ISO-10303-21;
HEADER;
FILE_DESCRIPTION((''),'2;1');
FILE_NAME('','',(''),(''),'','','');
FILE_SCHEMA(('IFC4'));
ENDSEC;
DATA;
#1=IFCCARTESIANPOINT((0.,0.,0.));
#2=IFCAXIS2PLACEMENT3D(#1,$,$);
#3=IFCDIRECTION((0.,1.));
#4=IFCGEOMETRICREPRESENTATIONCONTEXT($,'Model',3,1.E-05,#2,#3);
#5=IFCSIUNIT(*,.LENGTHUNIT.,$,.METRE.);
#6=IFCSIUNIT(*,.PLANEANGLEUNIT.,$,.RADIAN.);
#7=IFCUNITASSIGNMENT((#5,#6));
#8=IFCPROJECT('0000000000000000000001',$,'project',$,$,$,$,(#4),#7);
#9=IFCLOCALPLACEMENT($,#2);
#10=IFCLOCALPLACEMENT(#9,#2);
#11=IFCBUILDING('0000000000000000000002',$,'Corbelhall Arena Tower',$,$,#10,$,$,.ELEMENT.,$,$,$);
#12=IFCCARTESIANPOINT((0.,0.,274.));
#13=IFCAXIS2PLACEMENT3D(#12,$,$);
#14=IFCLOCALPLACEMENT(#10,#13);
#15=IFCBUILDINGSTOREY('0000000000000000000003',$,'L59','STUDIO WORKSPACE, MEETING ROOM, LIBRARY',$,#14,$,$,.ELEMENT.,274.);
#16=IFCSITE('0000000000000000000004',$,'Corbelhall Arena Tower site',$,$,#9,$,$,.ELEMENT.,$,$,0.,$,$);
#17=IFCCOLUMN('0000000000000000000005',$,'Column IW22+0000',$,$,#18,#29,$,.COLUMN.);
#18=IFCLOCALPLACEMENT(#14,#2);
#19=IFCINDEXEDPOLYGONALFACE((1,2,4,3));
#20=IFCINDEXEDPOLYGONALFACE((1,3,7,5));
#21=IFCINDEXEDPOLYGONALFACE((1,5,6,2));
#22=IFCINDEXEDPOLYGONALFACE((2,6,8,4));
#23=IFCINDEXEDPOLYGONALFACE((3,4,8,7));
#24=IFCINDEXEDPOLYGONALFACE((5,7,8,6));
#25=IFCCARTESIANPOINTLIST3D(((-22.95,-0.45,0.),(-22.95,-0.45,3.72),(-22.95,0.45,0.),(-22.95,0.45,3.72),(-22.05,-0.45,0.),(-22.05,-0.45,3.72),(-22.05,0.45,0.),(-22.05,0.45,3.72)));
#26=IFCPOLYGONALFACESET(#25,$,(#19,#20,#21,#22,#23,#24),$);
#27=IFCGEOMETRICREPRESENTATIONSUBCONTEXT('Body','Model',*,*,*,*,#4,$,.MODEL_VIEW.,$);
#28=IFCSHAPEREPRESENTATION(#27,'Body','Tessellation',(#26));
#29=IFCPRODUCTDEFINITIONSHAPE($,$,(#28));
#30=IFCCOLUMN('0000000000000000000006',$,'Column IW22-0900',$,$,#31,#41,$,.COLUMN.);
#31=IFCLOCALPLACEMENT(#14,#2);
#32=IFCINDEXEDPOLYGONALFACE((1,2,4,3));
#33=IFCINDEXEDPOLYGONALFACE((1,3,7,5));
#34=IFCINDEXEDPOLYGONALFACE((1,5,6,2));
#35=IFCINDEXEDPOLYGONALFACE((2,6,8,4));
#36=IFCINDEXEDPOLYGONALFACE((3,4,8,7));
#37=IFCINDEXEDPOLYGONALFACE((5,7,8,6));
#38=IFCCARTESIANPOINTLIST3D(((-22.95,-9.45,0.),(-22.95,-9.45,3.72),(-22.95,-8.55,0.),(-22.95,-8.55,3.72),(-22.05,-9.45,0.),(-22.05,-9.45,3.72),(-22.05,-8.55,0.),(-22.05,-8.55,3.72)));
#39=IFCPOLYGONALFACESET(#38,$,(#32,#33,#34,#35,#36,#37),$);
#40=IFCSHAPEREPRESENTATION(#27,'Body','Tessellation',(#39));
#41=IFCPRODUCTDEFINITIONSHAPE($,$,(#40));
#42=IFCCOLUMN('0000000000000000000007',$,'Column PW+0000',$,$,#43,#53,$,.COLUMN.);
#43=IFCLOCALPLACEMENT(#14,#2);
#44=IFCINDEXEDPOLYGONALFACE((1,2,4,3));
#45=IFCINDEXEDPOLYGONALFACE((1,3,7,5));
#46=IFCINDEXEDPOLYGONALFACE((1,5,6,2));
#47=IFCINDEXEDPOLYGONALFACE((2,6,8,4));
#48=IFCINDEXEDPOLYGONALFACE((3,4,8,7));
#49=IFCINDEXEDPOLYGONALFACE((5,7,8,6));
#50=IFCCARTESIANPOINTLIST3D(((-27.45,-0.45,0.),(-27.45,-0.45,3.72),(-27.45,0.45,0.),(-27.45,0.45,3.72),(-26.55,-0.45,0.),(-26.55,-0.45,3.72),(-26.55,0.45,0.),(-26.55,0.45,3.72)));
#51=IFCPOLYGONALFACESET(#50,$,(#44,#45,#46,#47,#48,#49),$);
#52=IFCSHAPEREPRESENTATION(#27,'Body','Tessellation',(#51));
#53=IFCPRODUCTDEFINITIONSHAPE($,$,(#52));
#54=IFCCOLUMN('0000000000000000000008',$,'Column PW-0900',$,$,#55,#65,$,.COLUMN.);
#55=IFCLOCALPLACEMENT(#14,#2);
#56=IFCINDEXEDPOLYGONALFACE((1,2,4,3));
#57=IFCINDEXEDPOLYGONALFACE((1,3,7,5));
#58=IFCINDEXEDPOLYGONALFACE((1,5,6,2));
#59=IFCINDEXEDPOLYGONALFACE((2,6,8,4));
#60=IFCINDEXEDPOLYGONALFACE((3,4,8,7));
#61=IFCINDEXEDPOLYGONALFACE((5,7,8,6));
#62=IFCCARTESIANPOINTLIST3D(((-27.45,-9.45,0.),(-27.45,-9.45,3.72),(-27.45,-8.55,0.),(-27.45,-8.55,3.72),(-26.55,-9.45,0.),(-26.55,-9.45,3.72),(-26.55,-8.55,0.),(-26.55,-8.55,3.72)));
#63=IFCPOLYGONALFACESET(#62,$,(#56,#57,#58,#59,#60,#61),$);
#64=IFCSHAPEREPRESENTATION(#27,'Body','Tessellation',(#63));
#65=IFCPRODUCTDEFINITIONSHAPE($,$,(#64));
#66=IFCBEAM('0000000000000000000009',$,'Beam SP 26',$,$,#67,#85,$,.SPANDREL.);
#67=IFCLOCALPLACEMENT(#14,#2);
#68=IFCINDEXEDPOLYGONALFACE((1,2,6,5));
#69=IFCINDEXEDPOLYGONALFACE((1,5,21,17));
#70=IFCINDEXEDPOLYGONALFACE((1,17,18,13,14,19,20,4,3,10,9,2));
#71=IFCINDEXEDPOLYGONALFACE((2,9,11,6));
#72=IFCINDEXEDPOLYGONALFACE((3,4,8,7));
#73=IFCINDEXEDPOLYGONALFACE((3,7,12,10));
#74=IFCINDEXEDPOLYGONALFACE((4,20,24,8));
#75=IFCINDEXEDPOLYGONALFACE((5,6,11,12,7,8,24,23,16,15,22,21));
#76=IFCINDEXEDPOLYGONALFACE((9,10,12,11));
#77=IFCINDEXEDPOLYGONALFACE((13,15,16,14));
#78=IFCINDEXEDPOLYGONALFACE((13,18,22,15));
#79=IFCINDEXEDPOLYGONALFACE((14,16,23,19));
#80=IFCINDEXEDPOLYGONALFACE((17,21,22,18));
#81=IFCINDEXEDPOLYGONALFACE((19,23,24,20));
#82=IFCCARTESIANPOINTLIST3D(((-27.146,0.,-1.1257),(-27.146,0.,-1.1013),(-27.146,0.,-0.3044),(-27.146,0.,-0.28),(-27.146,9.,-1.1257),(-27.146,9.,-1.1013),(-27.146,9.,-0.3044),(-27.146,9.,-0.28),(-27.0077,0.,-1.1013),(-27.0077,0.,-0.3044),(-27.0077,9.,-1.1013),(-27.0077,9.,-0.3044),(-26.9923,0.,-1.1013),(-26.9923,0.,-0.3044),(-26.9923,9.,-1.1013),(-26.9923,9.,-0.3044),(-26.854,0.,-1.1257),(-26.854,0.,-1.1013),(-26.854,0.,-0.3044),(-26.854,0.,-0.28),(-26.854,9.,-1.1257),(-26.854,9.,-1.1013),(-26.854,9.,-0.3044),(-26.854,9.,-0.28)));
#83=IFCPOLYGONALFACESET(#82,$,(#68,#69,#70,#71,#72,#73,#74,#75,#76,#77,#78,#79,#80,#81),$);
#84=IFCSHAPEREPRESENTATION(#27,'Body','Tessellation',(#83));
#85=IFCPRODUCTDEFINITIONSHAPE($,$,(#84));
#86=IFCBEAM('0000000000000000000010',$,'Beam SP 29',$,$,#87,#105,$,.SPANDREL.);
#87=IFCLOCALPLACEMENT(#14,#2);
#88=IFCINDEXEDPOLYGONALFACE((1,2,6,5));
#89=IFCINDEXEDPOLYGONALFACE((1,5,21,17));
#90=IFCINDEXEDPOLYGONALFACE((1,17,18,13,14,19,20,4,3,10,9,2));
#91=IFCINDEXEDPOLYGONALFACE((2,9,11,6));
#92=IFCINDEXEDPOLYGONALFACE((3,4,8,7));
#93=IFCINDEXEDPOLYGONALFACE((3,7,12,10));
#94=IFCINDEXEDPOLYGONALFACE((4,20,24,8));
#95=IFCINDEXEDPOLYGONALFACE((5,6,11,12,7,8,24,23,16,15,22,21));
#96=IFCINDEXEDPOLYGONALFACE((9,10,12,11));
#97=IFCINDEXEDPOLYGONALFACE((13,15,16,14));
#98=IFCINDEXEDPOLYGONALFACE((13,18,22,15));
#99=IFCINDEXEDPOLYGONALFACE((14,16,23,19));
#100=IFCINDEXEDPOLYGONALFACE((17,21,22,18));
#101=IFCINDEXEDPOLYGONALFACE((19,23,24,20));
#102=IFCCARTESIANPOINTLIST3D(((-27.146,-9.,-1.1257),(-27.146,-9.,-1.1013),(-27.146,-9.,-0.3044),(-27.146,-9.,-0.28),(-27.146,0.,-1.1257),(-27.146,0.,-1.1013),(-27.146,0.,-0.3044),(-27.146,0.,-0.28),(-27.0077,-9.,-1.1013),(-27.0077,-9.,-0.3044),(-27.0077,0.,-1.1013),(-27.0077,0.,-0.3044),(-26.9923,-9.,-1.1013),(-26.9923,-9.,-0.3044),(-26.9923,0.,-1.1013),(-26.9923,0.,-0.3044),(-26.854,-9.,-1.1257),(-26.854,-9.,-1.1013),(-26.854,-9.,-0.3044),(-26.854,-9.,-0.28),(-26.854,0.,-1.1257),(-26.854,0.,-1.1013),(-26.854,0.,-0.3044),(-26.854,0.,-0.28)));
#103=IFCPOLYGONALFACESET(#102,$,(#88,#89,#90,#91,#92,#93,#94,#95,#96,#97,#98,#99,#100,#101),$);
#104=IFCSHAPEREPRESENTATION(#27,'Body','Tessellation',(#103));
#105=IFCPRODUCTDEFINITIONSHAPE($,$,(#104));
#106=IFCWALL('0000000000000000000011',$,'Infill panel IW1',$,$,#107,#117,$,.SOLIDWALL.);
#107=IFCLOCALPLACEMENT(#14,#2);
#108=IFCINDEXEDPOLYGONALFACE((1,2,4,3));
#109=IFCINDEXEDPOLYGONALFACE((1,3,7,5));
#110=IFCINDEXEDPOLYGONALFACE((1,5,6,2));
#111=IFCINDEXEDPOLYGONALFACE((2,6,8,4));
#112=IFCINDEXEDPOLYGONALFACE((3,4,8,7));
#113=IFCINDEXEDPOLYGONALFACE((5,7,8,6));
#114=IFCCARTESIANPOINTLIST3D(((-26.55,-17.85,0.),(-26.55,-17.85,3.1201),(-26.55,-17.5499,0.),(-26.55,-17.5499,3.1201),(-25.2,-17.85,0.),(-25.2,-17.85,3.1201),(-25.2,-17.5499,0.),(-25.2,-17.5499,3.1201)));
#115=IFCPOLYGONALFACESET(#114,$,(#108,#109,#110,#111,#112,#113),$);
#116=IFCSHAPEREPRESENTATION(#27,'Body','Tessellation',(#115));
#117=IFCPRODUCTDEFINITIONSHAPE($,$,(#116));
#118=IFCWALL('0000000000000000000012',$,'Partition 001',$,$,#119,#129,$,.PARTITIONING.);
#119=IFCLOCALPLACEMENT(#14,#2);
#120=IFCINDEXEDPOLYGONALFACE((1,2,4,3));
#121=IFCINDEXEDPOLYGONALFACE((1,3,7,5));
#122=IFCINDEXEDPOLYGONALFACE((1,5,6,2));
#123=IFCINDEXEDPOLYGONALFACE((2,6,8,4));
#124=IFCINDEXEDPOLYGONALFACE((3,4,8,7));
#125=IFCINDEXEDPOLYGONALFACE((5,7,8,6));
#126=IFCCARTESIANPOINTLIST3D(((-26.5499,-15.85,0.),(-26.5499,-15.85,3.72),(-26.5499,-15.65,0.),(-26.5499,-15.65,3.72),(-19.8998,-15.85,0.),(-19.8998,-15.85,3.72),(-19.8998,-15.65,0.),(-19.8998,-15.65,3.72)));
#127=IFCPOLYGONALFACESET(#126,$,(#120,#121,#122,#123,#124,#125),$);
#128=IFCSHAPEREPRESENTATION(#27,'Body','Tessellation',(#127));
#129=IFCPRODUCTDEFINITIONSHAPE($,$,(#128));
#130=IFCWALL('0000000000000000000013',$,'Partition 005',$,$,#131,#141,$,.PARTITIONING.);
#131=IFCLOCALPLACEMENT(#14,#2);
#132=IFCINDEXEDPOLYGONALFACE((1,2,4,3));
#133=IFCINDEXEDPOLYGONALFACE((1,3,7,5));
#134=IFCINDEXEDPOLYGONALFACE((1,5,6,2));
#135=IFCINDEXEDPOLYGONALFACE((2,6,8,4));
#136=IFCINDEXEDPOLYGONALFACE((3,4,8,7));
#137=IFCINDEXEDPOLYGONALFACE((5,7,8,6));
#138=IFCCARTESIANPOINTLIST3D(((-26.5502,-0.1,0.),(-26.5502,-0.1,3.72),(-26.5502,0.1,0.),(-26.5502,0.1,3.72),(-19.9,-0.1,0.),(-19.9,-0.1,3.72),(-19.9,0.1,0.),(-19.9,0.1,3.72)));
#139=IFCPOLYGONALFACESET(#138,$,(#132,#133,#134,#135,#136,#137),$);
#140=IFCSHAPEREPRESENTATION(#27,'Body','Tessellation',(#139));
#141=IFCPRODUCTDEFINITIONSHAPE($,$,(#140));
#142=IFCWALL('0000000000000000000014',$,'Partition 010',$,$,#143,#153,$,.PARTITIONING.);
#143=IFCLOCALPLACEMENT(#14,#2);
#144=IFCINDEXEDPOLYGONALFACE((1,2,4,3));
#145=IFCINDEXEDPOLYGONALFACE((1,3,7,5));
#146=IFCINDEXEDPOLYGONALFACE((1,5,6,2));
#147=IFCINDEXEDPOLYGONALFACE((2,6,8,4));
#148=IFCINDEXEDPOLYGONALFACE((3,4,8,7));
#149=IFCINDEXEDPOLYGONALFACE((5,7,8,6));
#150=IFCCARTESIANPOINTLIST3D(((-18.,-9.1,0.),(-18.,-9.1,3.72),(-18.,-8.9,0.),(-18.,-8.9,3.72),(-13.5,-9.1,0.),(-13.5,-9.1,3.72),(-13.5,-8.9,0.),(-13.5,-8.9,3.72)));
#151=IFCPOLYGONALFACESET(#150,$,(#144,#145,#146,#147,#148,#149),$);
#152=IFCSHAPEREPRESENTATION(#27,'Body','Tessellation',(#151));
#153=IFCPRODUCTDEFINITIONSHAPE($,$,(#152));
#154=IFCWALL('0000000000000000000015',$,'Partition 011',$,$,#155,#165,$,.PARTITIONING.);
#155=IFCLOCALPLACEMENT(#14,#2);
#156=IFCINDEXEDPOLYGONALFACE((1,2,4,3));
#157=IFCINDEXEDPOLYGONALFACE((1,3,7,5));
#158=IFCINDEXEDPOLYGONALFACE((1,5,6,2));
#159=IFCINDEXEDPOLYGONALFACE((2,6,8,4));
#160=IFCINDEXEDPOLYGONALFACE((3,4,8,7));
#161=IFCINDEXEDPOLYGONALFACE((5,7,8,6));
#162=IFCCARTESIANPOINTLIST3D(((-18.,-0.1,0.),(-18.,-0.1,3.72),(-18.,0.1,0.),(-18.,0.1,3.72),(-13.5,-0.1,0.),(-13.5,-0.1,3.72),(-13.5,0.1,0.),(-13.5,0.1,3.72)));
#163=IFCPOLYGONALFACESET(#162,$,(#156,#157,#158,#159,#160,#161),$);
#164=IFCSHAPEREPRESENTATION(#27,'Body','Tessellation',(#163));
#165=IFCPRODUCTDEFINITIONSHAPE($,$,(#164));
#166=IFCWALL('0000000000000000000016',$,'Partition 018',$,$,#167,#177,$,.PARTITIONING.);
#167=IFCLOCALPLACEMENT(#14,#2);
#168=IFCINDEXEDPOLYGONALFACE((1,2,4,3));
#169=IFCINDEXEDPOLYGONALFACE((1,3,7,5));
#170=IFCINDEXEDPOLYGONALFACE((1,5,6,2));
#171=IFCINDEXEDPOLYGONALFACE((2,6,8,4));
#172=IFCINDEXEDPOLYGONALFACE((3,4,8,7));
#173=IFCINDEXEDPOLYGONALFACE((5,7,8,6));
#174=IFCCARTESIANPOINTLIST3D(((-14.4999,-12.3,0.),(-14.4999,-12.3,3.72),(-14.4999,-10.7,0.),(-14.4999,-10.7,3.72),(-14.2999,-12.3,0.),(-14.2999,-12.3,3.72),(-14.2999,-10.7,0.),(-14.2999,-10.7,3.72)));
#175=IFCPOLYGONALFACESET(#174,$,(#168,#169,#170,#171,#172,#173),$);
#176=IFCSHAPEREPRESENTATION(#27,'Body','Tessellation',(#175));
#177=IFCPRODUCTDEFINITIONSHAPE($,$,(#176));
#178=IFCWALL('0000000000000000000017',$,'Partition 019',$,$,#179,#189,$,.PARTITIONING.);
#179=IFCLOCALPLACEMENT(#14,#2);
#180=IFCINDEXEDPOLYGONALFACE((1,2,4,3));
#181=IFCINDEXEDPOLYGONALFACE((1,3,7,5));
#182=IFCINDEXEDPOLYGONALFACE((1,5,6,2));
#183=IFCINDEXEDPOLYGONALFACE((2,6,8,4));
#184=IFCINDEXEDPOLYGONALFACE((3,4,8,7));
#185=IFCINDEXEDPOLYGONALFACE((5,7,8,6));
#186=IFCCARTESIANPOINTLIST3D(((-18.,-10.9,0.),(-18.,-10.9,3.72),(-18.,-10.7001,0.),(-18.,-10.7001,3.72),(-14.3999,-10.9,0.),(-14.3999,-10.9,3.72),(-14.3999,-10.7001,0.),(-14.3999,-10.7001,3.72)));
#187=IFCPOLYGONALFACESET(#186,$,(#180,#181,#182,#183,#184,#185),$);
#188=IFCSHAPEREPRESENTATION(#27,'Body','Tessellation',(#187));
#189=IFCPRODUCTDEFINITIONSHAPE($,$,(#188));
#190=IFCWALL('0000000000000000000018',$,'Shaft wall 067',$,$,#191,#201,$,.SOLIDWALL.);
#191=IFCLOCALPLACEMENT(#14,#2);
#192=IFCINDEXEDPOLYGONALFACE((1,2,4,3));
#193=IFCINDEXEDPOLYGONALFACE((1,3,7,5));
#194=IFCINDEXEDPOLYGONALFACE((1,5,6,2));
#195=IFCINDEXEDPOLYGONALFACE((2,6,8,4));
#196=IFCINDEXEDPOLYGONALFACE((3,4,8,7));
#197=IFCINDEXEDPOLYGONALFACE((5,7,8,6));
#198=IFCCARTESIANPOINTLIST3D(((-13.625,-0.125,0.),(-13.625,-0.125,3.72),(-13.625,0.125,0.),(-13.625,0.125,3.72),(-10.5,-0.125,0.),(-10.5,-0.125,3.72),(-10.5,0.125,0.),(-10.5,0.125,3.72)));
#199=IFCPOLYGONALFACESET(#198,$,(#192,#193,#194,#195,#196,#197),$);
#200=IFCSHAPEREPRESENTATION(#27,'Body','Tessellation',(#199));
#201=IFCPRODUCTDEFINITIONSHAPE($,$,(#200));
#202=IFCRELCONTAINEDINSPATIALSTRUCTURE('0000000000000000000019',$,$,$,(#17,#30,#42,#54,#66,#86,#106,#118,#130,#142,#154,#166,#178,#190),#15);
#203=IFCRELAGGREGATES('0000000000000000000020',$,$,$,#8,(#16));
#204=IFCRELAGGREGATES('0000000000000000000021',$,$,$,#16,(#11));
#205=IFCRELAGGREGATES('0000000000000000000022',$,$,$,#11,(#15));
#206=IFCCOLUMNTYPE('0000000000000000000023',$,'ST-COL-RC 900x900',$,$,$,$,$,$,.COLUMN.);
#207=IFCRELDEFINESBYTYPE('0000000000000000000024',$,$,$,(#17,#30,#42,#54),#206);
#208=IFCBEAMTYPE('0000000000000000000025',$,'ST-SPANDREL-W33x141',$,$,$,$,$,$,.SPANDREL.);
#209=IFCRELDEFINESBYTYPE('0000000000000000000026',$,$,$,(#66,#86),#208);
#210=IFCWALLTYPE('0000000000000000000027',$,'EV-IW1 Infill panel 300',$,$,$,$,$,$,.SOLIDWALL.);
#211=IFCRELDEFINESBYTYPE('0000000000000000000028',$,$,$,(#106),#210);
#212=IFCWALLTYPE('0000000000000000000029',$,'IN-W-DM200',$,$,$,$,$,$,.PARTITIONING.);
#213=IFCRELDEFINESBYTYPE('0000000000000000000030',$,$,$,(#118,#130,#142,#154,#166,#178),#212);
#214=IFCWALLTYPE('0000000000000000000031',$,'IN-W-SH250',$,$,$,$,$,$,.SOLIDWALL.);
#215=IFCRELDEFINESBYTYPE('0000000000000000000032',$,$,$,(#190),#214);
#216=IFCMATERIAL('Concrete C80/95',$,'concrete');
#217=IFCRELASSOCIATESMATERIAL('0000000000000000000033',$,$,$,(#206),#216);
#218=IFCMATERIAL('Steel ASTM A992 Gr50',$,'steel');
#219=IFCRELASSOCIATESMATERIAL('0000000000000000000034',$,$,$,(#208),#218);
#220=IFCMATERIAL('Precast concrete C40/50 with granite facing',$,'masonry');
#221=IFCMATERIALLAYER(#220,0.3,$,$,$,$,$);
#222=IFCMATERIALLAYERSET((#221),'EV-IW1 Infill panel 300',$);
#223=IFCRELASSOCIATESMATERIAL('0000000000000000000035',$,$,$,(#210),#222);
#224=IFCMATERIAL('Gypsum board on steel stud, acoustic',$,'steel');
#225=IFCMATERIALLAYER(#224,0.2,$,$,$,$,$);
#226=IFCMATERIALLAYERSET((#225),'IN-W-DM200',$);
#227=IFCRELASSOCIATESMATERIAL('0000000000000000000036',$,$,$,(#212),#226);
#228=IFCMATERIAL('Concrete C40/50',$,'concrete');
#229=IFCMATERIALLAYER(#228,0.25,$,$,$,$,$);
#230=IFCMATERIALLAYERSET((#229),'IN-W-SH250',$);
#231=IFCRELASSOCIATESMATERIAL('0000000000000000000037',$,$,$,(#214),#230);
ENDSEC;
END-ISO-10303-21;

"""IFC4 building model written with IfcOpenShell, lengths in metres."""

from ifc_helpers import new_model, si_unit, direction, frame, frame_2d, origin, origin_2d, place, context, subcontext, project, spatial, rectangle, i_section, extrude, material, layer, layer_set, material_profile, profile_set, type_object, element, save


model = new_model("IFC4")

# Units and contexts
model_context = context("Model", 3, precision=1e-05, world=origin(), true_north=direction((0.0, 1.0)))
body_context = subcontext(model_context, "Body", "Model", "MODEL_VIEW")
ifc_project = project(units=[si_unit("LENGTHUNIT", "METRE"), si_unit("PLANEANGLEUNIT", "RADIAN")], contexts=[model_context])

# Site, building, storey
site_placement = place(None, origin())
site = spatial("IfcSite", under=ifc_project, at=site_placement, Name="Corbelhall Arena Tower site", CompositionType="ELEMENT", RefElevation=0.0)
building_placement = place(site_placement, origin())
building = spatial("IfcBuilding", under=site, at=building_placement, Name="Corbelhall Arena Tower", CompositionType="ELEMENT")
storey_placement = place(building_placement, frame((0.0, 0.0, 274.0)))
storey = spatial("IfcBuildingStorey", under=building, at=storey_placement, Name="L59", Description="STUDIO WORKSPACE, MEETING ROOM, LIBRARY", CompositionType="ELEMENT", Elevation=274.0)

# Columns
ifc_material_1 = material(Name="Concrete C80/95", Category="concrete")
ifc_material_profile_1 = material_profile(ifc_material_1, rectangle(XDim=0.8999, YDim=0.8999, at=origin_2d()))
ifc_profile_set_1 = profile_set([ifc_material_profile_1], Name="Concrete C80/95")
column_type = type_object("IfcColumnType", Name="ST-COL-RC 900x900", PredefinedType="COLUMN", material=ifc_profile_set_1)
for number, where, z_axis, x_axis, name in (
    (1, (-22.5, 0.0, 0.0), (0.0, 0.0, 1.0), (1.0, 0.0, 0.0), "Column IW22+0000"),
    (2, (-22.5, -9.0, 0.0), (0.0, 0.0, 1.0), (1.0, 0.0, 0.0), "Column IW22-0900"),
    (3, (-27.0, 0.0, 0.0), (0.0, 0.0, 1.0), (0.0, 1.0, 0.0), "Column PW+0000"),
    (4, (-27.0, -9.0, 0.0), (0.0, 0.0, 1.0), (0.0, 1.0, 0.0), "Column PW-0900"),
):
    element("IfcColumn", number, at=place(storey_placement, frame(where, z_axis=z_axis, x_axis=x_axis)), inside=storey, type_object=column_type, Name=name, PredefinedType="COLUMN", context=body_context, shape_type="SweptSolid", body=[
        extrude(rectangle(XDim=0.8999, YDim=0.8999, at=origin_2d()), origin(), (0.0, 0.0, 1.0), 3.72),
    ])

# Beams
ifc_material_2 = material(Name="Steel ASTM A992 Gr50", Category="steel")
ifc_material_profile_2 = material_profile(ifc_material_2, i_section(OverallWidth=0.292, OverallDepth=0.8457, WebThickness=0.0154, FlangeThickness=0.0244, at=origin_2d()))
ifc_profile_set_2 = profile_set([ifc_material_profile_2], Name="Steel ASTM A992 Gr50")
beam_type = type_object("IfcBeamType", Name="ST-SPANDREL-W33x141", PredefinedType="SPANDREL", material=ifc_profile_set_2)
for number, where, z_axis, x_axis, name in (
    (5, (-27.0, 0.0, -0.7029), (0.0, 1.0, 0.0), (-1.0, 0.0, 0.0), "Beam SP 26"),
    (6, (-27.0, -9.0, -0.7029), (0.0, 1.0, 0.0), (-1.0, 0.0, 0.0), "Beam SP 29"),
):
    element("IfcBeam", number, at=place(storey_placement, frame(where, z_axis=z_axis, x_axis=x_axis)), inside=storey, type_object=beam_type, Name=name, PredefinedType="SPANDREL", context=body_context, shape_type="SweptSolid", body=[
        extrude(i_section(OverallWidth=0.292, OverallDepth=0.8457, WebThickness=0.0154, FlangeThickness=0.0244, at=origin_2d()), origin(), (0.0, 0.0, 1.0), 9.0),
    ])

# Shared definitions
ifc_material_3 = material(Name="Precast concrete C40/50 with granite facing", Category="masonry")
ifc_layer_1 = layer(ifc_material_3, 0.3)
ifc_layer_set_1 = layer_set([ifc_layer_1], Name="EV-IW1 Infill panel 300")
wall_type_1 = type_object("IfcWallType", Name="EV-IW1 Infill panel 300", PredefinedType="SOLIDWALL", material=ifc_layer_set_1)

# Walls
wall_1_placement = place(storey_placement, frame((-26.55, -17.7, 0.0), z_axis=(0.0, 0.0, 1.0), x_axis=(1.0, 0.0, 0.0)))
element("IfcWall", 7, at=wall_1_placement, inside=storey, type_object=wall_type_1, Name="Infill panel IW1", PredefinedType="SOLIDWALL", context=body_context, shape_type="SweptSolid", body=[
    extrude(rectangle(XDim=1.3501, YDim=0.3, at=frame_2d((0.675, 0.0))), origin(), (0.0, 0.0, 1.0), 3.1201),
])
ifc_material_4 = material(Name="Gypsum board on steel stud, acoustic", Category="steel")
ifc_layer_2 = layer(ifc_material_4, 0.2)
ifc_layer_set_2 = layer_set([ifc_layer_2], Name="IN-W-DM200")
wall_type_2 = type_object("IfcWallType", Name="IN-W-DM200", PredefinedType="PARTITIONING", material=ifc_layer_set_2)
wall_2_placement = place(storey_placement, frame((-26.55, -15.75, 0.0), z_axis=(0.0, 0.0, 1.0), x_axis=(1.0, 0.0, 0.0)))
element("IfcWall", 8, at=wall_2_placement, inside=storey, type_object=wall_type_2, Name="Partition 001", PredefinedType="PARTITIONING", context=body_context, shape_type="SweptSolid", body=[
    extrude(rectangle(XDim=6.6501, YDim=0.2, at=frame_2d((3.3252, 0.0))), origin(), (0.0, 0.0, 1.0), 3.72),
])

# Wall
wall_3_placement = place(storey_placement, frame((-19.8999, 0.0, 0.0), z_axis=(0.0, 0.0, 1.0), x_axis=(-1.0, 0.0, 0.0)))
element("IfcWall", 9, at=wall_3_placement, inside=storey, type_object=wall_type_2, Name="Partition 005", PredefinedType="PARTITIONING", context=body_context, shape_type="SweptSolid", body=[
    extrude(rectangle(XDim=6.6501, YDim=0.2, at=frame_2d((3.3252, 0.0))), origin(), (0.0, 0.0, 1.0), 3.72),
])

# Walls
for number, where, z_axis, x_axis, name in (
    (10, (-18.0, -9.0, 0.0), (0.0, 0.0, 1.0), (1.0, 0.0, 0.0), "Partition 010"),
    (11, (-18.0, 0.0, 0.0), (0.0, 0.0, 1.0), (1.0, 0.0, 0.0), "Partition 011"),
):
    element("IfcWall", number, at=place(storey_placement, frame(where, z_axis=z_axis, x_axis=x_axis)), inside=storey, type_object=wall_type_2, Name=name, PredefinedType="PARTITIONING", context=body_context, shape_type="SweptSolid", body=[
        extrude(rectangle(XDim=4.5, YDim=0.2, at=frame_2d((2.25, 0.0))), origin(), (0.0, 0.0, 1.0), 3.72),
    ])
wall_4_placement = place(storey_placement, frame((-14.3999, -12.3, 0.0), z_axis=(0.0, 0.0, 1.0), x_axis=(0.0, 1.0, 0.0)))
element("IfcWall", 12, at=wall_4_placement, inside=storey, type_object=wall_type_2, Name="Partition 018", PredefinedType="PARTITIONING", context=body_context, shape_type="SweptSolid", body=[
    extrude(rectangle(XDim=1.6001, YDim=0.2, at=frame_2d((0.8, 0.0))), origin(), (0.0, 0.0, 1.0), 3.72),
])
wall_5_placement = place(storey_placement, frame((-14.3999, -10.8, 0.0), z_axis=(0.0, 0.0, 1.0), x_axis=(-1.0, 0.0, 0.0)))
element("IfcWall", 13, at=wall_5_placement, inside=storey, type_object=wall_type_2, Name="Partition 019", PredefinedType="PARTITIONING", context=body_context, shape_type="SweptSolid", body=[
    extrude(rectangle(XDim=3.6001, YDim=0.2, at=frame_2d((1.8, 0.0))), origin(), (0.0, 0.0, 1.0), 3.72),
])
ifc_material_5 = material(Name="Concrete C40/50", Category="concrete")
ifc_layer_3 = layer(ifc_material_5, 0.25)
ifc_layer_set_3 = layer_set([ifc_layer_3], Name="IN-W-SH250")
wall_type_3 = type_object("IfcWallType", Name="IN-W-SH250", PredefinedType="SOLIDWALL", material=ifc_layer_set_3)
wall_6_placement = place(storey_placement, frame((-13.625, 0.0, 0.0), z_axis=(0.0, 0.0, 1.0), x_axis=(1.0, 0.0, 0.0)))
element("IfcWall", 14, at=wall_6_placement, inside=storey, type_object=wall_type_3, Name="Shaft wall 067", PredefinedType="SOLIDWALL", context=body_context, shape_type="SweptSolid", body=[
    extrude(rectangle(XDim=3.125, YDim=0.25, at=frame_2d((1.5625, 0.0))), origin(), (0.0, 0.0, 1.0), 3.72),
])

save(model, "model.ifc")
